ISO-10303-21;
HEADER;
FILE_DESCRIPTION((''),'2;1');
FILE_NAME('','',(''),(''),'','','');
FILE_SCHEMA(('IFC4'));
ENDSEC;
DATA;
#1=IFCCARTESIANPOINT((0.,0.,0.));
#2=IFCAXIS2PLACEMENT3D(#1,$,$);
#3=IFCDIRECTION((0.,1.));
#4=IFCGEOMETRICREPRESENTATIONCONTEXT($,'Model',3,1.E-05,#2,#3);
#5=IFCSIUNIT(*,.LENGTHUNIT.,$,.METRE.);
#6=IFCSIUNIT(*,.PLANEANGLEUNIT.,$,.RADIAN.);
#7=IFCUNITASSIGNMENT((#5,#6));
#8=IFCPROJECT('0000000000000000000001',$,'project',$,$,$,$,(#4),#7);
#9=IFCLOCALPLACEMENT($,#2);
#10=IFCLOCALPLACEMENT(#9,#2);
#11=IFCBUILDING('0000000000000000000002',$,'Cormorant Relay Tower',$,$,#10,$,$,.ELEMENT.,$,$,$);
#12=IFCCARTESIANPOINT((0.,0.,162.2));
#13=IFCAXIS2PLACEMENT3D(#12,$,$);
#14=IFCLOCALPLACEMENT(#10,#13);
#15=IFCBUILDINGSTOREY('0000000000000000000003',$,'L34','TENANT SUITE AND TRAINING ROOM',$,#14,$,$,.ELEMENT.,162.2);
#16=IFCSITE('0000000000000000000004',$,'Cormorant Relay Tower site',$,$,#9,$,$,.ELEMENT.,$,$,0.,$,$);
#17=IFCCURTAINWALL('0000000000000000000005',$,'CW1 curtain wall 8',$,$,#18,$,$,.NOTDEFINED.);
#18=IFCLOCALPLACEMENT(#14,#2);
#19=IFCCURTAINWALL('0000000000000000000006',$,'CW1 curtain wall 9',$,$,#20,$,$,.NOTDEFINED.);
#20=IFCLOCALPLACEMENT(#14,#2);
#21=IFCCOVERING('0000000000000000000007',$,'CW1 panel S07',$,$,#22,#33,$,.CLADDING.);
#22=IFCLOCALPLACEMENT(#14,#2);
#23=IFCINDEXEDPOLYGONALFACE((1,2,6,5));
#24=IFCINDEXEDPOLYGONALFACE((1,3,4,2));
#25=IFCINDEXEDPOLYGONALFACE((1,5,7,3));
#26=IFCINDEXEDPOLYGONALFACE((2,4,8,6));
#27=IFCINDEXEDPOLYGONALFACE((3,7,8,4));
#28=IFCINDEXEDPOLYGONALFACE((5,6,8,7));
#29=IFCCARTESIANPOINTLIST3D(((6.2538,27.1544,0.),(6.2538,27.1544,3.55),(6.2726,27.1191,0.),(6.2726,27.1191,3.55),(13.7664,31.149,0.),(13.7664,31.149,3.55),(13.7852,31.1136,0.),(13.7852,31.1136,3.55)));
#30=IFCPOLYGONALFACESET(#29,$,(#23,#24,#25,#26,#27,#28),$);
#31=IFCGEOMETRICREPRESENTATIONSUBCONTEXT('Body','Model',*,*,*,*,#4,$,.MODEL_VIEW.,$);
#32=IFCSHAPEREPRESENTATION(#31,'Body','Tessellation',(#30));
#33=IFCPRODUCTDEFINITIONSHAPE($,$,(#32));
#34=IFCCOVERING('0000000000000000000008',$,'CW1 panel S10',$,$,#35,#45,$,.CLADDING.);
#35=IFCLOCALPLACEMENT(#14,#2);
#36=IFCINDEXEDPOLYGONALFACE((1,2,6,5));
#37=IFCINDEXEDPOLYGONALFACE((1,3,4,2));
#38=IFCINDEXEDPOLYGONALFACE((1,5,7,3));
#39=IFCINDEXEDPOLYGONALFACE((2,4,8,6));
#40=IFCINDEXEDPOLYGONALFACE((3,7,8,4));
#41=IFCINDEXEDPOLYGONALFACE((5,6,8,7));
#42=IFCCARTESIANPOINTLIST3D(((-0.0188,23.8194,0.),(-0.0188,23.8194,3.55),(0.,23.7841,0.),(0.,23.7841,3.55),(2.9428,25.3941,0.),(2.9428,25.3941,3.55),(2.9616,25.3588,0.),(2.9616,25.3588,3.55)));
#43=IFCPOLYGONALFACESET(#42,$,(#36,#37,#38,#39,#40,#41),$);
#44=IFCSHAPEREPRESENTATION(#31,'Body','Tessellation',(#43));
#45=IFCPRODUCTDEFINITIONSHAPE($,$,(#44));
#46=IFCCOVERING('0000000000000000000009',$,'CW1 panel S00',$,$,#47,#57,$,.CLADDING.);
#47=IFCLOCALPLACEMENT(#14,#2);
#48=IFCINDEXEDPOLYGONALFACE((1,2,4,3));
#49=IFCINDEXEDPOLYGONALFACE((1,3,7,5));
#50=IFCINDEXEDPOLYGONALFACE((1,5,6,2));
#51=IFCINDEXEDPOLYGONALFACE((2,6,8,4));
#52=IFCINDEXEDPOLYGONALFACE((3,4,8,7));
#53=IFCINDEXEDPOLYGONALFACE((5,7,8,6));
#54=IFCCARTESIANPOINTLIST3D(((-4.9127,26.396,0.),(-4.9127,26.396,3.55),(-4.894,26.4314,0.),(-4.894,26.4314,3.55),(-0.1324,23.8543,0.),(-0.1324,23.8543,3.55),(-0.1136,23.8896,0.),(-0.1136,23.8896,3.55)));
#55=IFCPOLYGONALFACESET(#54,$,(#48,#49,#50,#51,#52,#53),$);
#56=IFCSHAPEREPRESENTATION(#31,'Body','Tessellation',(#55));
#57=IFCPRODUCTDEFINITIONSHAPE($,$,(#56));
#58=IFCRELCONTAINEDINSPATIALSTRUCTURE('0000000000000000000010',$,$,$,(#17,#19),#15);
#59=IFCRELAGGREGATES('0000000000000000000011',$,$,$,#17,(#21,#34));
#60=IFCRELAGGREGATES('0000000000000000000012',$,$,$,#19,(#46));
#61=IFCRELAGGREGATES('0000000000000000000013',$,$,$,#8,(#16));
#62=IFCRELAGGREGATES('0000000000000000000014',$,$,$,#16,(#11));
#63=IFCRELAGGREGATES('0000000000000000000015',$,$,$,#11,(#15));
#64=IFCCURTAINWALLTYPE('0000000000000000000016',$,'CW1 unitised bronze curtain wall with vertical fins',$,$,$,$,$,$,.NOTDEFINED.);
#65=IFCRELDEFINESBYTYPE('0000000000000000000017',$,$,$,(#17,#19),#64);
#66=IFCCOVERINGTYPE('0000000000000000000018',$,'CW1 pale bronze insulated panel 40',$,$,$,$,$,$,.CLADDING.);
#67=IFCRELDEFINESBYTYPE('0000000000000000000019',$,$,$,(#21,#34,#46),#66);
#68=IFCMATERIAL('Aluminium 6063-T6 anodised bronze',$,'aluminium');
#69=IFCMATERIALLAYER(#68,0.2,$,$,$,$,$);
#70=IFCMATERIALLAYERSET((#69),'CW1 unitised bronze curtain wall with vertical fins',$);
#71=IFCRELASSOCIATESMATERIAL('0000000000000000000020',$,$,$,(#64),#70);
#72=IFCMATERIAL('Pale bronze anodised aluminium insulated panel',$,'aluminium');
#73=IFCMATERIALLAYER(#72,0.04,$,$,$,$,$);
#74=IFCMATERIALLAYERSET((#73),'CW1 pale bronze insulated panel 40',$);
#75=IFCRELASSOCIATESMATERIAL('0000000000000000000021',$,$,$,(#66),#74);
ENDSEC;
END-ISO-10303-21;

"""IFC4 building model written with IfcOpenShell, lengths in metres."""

from ifc_helpers import new_model, si_unit, direction, frame, origin, origin_2d, place, context, subcontext, project, spatial, rectangle, extrude, material, layer, layer_set, type_object, element, aggregate, save


model = new_model("IFC4")

# Units and contexts
model_context = context("Model", 3, precision=1e-05, world=origin(), true_north=direction((0.0, 1.0)))
body_context = subcontext(model_context, "Body", "Model", "MODEL_VIEW")
ifc_project = project(units=[si_unit("LENGTHUNIT", "METRE"), si_unit("PLANEANGLEUNIT", "RADIAN")], contexts=[model_context])

# Site, building, storey
site_placement = place(None, origin())
site = spatial("IfcSite", under=ifc_project, at=site_placement, Name="Cormorant Relay Tower site", CompositionType="ELEMENT", RefElevation=0.0)
building_placement = place(site_placement, origin())
building = spatial("IfcBuilding", under=site, at=building_placement, Name="Cormorant Relay Tower", CompositionType="ELEMENT")
storey_placement = place(building_placement, frame((0.0, 0.0, 162.2)))
storey = spatial("IfcBuildingStorey", under=building, at=storey_placement, Name="L34", Description="TENANT SUITE AND TRAINING ROOM", CompositionType="ELEMENT", Elevation=162.2)

# Curtain walls
ifc_material_1 = material(Name="Aluminium 6063-T6 anodised bronze", Category="aluminium")
ifc_layer_1 = layer(ifc_material_1, 0.2)
ifc_layer_set_1 = layer_set([ifc_layer_1], Name="CW1 unitised bronze curtain wall with vertical fins")
curtain_wall_type = type_object("IfcCurtainWallType", Name="CW1 unitised bronze curtain wall with vertical fins", PredefinedType="NOTDEFINED", material=ifc_layer_set_1)
curtain_wall_1_placement = place(storey_placement, origin())
curtain_wall_1 = element("IfcCurtainWall", 1, at=curtain_wall_1_placement, inside=storey, type_object=curtain_wall_type, Name="CW1 curtain wall 8", PredefinedType="NOTDEFINED")
curtain_wall_2_placement = place(storey_placement, origin())
curtain_wall_2 = element("IfcCurtainWall", 2, at=curtain_wall_2_placement, inside=storey, type_object=curtain_wall_type, Name="CW1 curtain wall 9", PredefinedType="NOTDEFINED")

# Coverings
ifc_material_2 = material(Name="Pale bronze anodised aluminium insulated panel", Category="aluminium")
ifc_layer_2 = layer(ifc_material_2, 0.04)
ifc_layer_set_2 = layer_set([ifc_layer_2], Name="CW1 pale bronze insulated panel 40")
covering_type = type_object("IfcCoveringType", Name="CW1 pale bronze insulated panel 40", PredefinedType="CLADDING", material=ifc_layer_set_2)
covering_1_placement = place(storey_placement, frame((10.0195, 29.134, 0.0), z_axis=(0.0, 0.0, 1.0), x_axis=(-0.882948, -0.469472, 0.0)))
covering_1 = element("IfcCovering", 3, at=covering_1_placement, type_object=covering_type, Name="CW1 panel S07", PredefinedType="CLADDING", context=body_context, shape_type="SweptSolid", body=[
    extrude(rectangle(XDim=8.5085, YDim=0.04, at=origin_2d()), origin(), (0.0, 0.0, 1.0), 3.55),
])
covering_2_placement = place(storey_placement, frame((1.4714, 24.5891, 0.0), z_axis=(0.0, 0.0, 1.0), x_axis=(-0.882948, -0.469472, 0.0)))
covering_2 = element("IfcCovering", 4, at=covering_2_placement, type_object=covering_type, Name="CW1 panel S10", PredefinedType="CLADDING", context=body_context, shape_type="SweptSolid", body=[
    extrude(rectangle(XDim=3.3542, YDim=0.04, at=origin_2d()), origin(), (0.0, 0.0, 1.0), 3.55),
])
aggregate(curtain_wall_1, [covering_1, covering_2])
covering_3_placement = place(storey_placement, frame((-2.5132, 25.1428, 0.0), z_axis=(0.0, 0.0, 1.0), x_axis=(-0.882948, 0.469472, 0.0)))
covering_3 = element("IfcCovering", 5, at=covering_3_placement, type_object=covering_type, Name="CW1 panel S00", PredefinedType="CLADDING", context=body_context, shape_type="SweptSolid", body=[
    extrude(rectangle(XDim=5.4141, YDim=0.04, at=origin_2d()), origin(), (0.0, 0.0, 1.0), 3.55),
])
aggregate(curtain_wall_2, [covering_3])

save(model, "model.ifc")
